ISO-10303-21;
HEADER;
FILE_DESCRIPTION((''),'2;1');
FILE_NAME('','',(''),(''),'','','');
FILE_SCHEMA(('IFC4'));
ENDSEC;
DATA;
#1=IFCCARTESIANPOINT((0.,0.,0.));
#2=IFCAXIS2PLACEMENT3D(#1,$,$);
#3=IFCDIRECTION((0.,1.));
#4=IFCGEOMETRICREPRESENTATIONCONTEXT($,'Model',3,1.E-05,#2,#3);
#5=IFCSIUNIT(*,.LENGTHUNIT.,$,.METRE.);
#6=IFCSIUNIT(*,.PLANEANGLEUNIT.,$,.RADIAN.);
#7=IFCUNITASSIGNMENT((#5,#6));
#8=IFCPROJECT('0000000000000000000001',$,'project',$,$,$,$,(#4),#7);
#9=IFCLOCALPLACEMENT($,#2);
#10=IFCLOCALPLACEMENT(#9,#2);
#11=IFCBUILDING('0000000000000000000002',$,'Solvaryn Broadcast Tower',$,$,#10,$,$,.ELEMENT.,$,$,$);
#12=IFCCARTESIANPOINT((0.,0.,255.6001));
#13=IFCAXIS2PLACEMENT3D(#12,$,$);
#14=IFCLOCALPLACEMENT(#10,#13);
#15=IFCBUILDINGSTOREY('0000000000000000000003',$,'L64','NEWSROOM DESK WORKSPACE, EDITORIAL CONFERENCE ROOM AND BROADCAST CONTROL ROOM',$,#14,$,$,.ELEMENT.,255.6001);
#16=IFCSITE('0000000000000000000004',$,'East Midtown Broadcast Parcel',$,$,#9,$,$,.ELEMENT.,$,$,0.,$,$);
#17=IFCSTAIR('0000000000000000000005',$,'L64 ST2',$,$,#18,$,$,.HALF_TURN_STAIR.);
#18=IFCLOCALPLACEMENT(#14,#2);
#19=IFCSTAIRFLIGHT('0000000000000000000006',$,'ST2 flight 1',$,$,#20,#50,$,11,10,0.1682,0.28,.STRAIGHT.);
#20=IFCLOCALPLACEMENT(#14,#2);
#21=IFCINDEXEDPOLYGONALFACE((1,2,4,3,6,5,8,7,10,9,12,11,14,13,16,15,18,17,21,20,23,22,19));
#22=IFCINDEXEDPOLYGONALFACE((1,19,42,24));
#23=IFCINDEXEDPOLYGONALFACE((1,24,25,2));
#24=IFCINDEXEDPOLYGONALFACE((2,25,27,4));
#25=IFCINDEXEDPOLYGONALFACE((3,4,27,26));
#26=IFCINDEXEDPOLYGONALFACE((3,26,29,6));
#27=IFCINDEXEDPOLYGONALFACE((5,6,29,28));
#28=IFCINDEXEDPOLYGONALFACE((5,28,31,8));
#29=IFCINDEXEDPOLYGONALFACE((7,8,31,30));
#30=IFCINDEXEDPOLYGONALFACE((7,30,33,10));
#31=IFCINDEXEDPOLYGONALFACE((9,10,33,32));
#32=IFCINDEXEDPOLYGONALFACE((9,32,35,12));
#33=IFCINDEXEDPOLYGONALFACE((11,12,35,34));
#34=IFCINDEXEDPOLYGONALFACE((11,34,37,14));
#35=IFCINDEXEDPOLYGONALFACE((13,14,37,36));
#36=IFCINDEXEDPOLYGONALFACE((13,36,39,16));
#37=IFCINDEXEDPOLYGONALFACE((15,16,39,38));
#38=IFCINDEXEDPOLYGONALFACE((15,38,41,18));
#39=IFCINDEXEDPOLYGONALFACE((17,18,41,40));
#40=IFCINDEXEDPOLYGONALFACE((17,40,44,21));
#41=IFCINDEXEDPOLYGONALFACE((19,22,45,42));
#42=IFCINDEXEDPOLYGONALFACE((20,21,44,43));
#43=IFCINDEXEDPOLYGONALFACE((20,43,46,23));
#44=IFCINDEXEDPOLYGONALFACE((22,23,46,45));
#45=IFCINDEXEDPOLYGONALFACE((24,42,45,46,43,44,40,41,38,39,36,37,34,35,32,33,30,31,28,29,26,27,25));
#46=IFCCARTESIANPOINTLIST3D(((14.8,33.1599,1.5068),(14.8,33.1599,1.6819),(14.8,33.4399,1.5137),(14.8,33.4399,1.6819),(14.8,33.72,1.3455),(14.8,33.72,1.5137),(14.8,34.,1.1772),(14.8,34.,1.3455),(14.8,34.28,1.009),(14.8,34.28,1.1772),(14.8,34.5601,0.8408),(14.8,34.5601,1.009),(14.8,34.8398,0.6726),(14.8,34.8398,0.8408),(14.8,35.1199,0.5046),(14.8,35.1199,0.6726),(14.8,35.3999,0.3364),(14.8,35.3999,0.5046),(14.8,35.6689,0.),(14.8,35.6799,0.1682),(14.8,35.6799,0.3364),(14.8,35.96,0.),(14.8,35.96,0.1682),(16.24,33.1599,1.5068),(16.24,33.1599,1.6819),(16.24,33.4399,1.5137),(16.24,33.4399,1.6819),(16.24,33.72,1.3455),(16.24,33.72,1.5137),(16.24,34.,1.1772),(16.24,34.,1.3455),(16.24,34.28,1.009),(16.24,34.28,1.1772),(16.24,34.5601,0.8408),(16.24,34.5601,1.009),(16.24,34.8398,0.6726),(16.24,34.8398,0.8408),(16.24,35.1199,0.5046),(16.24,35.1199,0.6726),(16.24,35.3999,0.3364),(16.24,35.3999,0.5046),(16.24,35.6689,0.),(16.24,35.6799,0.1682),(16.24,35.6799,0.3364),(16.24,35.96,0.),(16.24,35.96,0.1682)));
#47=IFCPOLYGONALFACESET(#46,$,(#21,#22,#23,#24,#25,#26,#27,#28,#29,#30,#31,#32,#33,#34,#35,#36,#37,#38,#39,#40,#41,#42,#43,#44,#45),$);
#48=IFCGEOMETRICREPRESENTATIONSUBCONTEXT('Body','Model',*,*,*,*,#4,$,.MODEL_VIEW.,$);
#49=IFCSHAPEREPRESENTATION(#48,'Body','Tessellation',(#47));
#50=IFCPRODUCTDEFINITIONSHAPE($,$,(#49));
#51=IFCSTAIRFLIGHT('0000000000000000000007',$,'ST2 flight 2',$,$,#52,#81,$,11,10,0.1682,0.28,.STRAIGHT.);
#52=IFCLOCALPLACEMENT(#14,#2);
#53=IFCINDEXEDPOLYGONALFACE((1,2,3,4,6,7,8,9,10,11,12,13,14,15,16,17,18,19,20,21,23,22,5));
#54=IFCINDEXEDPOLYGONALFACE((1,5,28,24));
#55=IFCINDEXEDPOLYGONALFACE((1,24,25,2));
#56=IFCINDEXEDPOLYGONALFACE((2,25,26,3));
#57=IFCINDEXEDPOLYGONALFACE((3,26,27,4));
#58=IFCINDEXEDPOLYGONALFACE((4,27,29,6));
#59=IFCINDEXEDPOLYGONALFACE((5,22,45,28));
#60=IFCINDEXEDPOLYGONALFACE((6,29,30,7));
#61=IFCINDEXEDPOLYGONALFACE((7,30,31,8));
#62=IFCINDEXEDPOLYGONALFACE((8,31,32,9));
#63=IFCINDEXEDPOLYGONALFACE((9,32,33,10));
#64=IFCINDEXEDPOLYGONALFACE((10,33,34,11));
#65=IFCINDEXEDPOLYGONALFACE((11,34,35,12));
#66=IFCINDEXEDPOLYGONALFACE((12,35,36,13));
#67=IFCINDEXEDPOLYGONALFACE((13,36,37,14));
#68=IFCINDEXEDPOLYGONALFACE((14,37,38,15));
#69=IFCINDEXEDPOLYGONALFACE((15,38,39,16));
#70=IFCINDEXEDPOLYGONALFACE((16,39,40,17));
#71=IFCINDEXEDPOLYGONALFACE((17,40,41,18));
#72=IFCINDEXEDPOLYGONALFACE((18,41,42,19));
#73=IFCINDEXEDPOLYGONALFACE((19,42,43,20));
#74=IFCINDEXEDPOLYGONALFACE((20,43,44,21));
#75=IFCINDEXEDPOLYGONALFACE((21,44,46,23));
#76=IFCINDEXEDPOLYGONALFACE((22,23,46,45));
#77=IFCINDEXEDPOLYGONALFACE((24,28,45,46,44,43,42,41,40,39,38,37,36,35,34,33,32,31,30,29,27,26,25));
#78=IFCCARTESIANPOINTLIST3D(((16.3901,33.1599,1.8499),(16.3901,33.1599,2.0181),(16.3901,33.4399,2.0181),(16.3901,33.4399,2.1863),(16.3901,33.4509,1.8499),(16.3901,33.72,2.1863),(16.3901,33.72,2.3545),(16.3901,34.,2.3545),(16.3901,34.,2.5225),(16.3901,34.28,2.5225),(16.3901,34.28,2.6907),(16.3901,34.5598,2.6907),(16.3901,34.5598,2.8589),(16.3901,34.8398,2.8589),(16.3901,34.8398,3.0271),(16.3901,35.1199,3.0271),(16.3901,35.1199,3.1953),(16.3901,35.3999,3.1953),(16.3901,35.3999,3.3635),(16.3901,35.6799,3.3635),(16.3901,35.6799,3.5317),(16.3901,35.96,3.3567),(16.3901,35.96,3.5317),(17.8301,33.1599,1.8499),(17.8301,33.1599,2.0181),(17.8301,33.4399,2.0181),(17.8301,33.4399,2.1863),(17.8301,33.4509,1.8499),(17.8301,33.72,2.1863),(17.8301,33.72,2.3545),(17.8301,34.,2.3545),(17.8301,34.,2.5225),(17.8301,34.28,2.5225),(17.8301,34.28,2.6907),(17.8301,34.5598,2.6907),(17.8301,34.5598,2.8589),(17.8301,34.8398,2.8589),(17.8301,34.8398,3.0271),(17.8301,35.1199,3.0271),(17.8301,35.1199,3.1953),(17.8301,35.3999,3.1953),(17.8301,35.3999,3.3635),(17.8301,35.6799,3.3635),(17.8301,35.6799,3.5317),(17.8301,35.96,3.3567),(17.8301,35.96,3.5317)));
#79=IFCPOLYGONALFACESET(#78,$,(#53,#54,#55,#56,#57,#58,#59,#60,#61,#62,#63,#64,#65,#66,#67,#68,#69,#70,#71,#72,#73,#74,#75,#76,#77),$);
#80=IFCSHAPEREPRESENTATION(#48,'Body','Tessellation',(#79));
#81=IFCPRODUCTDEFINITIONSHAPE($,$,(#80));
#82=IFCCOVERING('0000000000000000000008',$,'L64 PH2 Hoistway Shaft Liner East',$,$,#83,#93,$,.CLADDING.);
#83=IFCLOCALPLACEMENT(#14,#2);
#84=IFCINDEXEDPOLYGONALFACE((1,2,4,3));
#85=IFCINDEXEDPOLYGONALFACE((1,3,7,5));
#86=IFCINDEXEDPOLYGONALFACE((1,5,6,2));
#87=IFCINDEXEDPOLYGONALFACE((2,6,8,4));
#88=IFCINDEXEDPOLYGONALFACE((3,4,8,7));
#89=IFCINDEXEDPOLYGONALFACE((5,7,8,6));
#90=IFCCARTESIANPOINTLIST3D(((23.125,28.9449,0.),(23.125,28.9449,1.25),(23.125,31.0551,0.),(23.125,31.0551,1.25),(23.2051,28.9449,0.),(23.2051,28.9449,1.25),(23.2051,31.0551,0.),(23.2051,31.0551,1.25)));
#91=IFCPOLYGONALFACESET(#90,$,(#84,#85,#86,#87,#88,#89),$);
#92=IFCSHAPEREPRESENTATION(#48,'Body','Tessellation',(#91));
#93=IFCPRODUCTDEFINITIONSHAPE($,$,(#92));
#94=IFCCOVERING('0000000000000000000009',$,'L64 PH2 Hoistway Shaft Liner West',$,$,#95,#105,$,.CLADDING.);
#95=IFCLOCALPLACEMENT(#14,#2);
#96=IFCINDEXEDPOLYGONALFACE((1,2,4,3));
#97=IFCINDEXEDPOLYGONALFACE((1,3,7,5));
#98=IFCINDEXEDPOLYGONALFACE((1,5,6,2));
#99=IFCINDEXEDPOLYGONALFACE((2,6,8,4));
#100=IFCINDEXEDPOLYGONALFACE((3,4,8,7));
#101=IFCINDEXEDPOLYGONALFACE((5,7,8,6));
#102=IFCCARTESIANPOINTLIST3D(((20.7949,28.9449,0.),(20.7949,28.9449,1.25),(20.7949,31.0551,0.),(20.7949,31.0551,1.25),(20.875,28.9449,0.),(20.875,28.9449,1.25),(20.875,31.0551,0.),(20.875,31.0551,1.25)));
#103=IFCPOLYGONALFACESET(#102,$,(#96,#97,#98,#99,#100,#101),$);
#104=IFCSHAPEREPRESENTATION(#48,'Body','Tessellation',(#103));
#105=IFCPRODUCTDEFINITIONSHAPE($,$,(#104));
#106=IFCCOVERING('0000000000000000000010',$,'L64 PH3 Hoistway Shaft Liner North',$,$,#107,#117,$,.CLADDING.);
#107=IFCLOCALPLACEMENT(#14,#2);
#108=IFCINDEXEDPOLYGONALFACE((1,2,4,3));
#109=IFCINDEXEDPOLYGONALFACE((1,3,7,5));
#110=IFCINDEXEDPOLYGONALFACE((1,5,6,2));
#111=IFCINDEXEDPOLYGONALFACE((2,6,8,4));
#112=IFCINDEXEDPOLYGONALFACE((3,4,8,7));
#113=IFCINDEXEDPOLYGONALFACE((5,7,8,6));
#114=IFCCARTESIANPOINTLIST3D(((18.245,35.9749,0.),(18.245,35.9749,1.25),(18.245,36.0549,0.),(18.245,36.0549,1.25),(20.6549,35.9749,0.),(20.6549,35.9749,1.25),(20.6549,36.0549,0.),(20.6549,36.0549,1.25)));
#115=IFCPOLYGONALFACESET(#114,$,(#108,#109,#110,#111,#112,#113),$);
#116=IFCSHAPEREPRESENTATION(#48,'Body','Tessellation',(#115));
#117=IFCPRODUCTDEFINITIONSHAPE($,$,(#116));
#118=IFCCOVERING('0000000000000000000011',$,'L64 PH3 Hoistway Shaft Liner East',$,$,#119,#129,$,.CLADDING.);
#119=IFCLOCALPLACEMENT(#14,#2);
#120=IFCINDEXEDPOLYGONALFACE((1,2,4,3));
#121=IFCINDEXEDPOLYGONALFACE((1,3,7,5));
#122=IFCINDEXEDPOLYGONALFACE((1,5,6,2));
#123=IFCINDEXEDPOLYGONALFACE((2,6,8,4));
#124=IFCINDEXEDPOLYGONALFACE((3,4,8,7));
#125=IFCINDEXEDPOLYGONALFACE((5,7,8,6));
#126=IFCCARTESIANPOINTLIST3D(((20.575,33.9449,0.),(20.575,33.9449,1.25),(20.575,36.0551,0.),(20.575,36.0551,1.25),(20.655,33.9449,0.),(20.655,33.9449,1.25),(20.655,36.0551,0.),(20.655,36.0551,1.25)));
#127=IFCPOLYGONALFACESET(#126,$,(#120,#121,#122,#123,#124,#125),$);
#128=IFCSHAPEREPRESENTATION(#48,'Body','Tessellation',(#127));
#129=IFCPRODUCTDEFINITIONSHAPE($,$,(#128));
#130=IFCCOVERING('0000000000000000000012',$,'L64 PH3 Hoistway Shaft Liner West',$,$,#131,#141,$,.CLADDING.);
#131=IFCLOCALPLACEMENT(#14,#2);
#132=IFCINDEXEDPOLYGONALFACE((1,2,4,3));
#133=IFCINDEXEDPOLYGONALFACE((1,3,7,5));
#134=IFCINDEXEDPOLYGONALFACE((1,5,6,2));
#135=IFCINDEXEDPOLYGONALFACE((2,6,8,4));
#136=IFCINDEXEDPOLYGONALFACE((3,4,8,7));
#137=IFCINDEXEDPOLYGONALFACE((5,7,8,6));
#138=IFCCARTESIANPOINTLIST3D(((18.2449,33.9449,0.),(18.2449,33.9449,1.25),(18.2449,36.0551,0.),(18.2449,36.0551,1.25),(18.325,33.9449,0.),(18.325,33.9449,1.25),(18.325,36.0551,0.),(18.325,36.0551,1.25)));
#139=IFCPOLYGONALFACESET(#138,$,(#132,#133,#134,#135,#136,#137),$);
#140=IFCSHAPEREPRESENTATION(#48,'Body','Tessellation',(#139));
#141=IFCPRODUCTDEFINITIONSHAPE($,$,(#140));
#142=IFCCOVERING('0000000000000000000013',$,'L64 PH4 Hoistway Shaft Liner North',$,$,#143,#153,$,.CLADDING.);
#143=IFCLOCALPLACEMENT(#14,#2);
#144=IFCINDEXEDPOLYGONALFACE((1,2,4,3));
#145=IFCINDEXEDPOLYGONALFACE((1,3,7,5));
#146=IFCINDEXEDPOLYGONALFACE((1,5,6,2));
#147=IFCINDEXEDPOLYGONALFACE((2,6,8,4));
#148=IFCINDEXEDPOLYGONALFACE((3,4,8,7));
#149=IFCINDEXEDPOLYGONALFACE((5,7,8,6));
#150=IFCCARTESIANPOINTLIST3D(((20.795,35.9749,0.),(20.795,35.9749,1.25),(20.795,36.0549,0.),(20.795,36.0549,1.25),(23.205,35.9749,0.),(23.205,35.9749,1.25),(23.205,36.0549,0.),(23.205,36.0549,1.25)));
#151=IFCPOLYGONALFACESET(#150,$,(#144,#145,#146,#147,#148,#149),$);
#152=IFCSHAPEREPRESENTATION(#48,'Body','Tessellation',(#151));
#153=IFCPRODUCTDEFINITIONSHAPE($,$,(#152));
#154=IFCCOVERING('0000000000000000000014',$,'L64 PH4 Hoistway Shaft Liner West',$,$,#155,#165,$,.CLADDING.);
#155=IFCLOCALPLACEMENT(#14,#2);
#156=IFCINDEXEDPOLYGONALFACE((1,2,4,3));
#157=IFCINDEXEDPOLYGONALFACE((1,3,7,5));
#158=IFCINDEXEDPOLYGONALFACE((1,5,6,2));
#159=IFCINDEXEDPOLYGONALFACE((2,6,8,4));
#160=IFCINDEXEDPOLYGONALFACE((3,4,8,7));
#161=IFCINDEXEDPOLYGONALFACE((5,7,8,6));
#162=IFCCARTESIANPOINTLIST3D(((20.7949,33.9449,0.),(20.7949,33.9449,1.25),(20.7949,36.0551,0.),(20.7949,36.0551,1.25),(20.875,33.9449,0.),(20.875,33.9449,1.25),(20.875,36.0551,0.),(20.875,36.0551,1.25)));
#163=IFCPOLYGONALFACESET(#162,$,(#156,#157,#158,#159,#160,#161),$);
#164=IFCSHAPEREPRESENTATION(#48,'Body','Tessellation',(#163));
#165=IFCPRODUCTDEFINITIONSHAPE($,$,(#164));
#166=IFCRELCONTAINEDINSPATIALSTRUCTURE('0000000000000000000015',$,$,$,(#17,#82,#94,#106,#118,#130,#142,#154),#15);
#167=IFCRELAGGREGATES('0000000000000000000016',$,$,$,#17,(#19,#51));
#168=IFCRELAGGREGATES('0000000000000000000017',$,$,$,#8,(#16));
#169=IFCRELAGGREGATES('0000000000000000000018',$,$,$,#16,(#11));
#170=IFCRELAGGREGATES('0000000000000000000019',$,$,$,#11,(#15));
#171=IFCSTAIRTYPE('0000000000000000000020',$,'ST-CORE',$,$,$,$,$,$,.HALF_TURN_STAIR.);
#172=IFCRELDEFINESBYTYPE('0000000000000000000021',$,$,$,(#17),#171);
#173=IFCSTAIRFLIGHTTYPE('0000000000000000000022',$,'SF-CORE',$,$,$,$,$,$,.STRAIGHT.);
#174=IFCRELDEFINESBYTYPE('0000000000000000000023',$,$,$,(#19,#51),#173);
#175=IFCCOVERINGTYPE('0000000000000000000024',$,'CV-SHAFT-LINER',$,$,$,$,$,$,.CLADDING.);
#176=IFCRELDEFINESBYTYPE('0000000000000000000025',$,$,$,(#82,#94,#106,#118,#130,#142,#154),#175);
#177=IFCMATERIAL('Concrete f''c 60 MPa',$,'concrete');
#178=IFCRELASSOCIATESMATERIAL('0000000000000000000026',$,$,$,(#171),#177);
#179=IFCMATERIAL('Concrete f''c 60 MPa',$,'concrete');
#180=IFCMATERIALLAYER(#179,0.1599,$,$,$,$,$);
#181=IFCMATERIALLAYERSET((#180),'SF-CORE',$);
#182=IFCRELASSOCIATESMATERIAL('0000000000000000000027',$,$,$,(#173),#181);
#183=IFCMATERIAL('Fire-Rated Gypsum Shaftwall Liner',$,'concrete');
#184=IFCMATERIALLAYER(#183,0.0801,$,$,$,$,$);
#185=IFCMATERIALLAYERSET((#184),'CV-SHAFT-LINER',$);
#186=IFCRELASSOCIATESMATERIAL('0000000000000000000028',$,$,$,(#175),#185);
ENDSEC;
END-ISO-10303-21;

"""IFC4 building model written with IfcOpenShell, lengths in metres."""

from ifc_helpers import new_model, si_unit, direction, frame, origin, origin_2d, place, context, subcontext, project, spatial, polyline, rectangle, outline, extrude, material, layer, layer_set, type_object, element, aggregate, save


model = new_model("IFC4")

# Units and contexts
model_context = context("Model", 3, precision=1e-05, world=origin(), true_north=direction((0.0, 1.0)))
body_context = subcontext(model_context, "Body", "Model", "MODEL_VIEW")
ifc_project = project(units=[si_unit("LENGTHUNIT", "METRE"), si_unit("PLANEANGLEUNIT", "RADIAN")], contexts=[model_context])

# Site, building, storey
site_placement = place(None, origin())
site = spatial("IfcSite", under=ifc_project, at=site_placement, Name="East Midtown Broadcast Parcel", CompositionType="ELEMENT", RefElevation=0.0)
building_placement = place(site_placement, origin())
building = spatial("IfcBuilding", under=site, at=building_placement, Name="Solvaryn Broadcast Tower", CompositionType="ELEMENT")
storey_placement = place(building_placement, frame((0.0, 0.0, 255.6001)))
storey = spatial("IfcBuildingStorey", under=building, at=storey_placement, Name="L64", Description="NEWSROOM DESK WORKSPACE, EDITORIAL CONFERENCE ROOM AND BROADCAST CONTROL ROOM", CompositionType="ELEMENT", Elevation=255.6001)

# Stair, stair flights
ifc_material_1 = material(Name="Concrete f'c 60 MPa", Category="concrete")
stair_type = type_object("IfcStairType", Name="ST-CORE", PredefinedType="HALF_TURN_STAIR", material=ifc_material_1)
stair_placement = place(storey_placement, origin())
stair = element("IfcStair", 1, at=stair_placement, inside=storey, type_object=stair_type, Name="L64 ST2", PredefinedType="HALF_TURN_STAIR")
ifc_material_2 = material(Name="Concrete f'c 60 MPa", Category="concrete")
ifc_layer_1 = layer(ifc_material_2, 0.1599)
ifc_layer_set_1 = layer_set([ifc_layer_1], Name="SF-CORE")
stair_flight_type = type_object("IfcStairFlightType", Name="SF-CORE", PredefinedType="STRAIGHT", material=ifc_layer_set_1)
stair_flight_1_placement = place(storey_placement, frame((15.52, 35.96, 0.0), z_axis=(0.0, 0.0, 1.0), x_axis=(0.0, -1.0, 0.0)))
stair_flight_1 = element("IfcStairFlight", 2, at=stair_flight_1_placement, type_object=stair_flight_type, Name="ST2 flight 1", NumberOfRisers=11, NumberOfTreads=10, PredefinedType="STRAIGHT", RiserHeight=0.1682, TreadLength=0.28, context=body_context, shape_type="SweptSolid", body=[
    extrude(outline(polyline([(0.0, 0.0), (0.0, 0.1682), (0.28, 0.1682), (0.28, 0.3364), (0.5601, 0.3364), (0.5601, 0.5046), (0.8401, 0.5046), (0.8401, 0.6726), (1.1201, 0.6726), (1.1201, 0.8408), (1.3999, 0.8408), (1.3999, 1.009), (1.6799, 1.009), (1.6799, 1.1772), (1.96, 1.1772), (1.96, 1.3455), (2.24, 1.3455), (2.24, 1.5137), (2.52, 1.5137), (2.52, 1.6819), (2.8, 1.6819), (2.8, 1.8501), (2.8, 1.5068), (0.291, 0.0), (0.0, 0.0)])), frame((0.0, 0.72, 0.0), z_axis=(0.0, -1.0, 0.0), x_axis=(1.0, 0.0, 0.0)), (0.0, 0.0, 1.0), 1.4399),
])
stair_flight_2_placement = place(storey_placement, frame((17.1101, 33.1599, 1.8499), z_axis=(0.0, 0.0, 1.0), x_axis=(0.0, 1.0, 0.0)))
stair_flight_2 = element("IfcStairFlight", 3, at=stair_flight_2_placement, type_object=stair_flight_type, Name="ST2 flight 2", NumberOfRisers=11, NumberOfTreads=10, PredefinedType="STRAIGHT", RiserHeight=0.1682, TreadLength=0.28, context=body_context, shape_type="SweptSolid", body=[
    extrude(outline(polyline([(0.0, 0.0), (0.0, 0.1682), (0.28, 0.1682), (0.28, 0.3364), (0.5601, 0.3364), (0.5601, 0.5046), (0.8401, 0.5046), (0.8401, 0.6726), (1.1201, 0.6726), (1.1201, 0.8408), (1.3999, 0.8408), (1.3999, 1.009), (1.6799, 1.009), (1.6799, 1.1772), (1.96, 1.1772), (1.96, 1.3455), (2.24, 1.3455), (2.24, 1.5137), (2.52, 1.5137), (2.52, 1.6819), (2.8, 1.6819), (2.8, 1.8501), (2.8, 1.5068), (0.291, 0.0), (0.0, 0.0)])), frame((0.0, 0.72, 0.0), z_axis=(0.0, -1.0, 0.0), x_axis=(1.0, 0.0, 0.0)), (0.0, 0.0, 1.0), 1.4399),
])
aggregate(stair, [stair_flight_1, stair_flight_2])

# Coverings
ifc_material_3 = material(Name="Fire-Rated Gypsum Shaftwall Liner", Category="concrete")
ifc_layer_2 = layer(ifc_material_3, 0.0801)
ifc_layer_set_2 = layer_set([ifc_layer_2], Name="CV-SHAFT-LINER")
covering_type = type_object("IfcCoveringType", Name="CV-SHAFT-LINER", PredefinedType="CLADDING", material=ifc_layer_set_2)
for number, where, z_axis, x_axis, name in (
    (4, (23.165, 30.0, 0.0), (0.0, 0.0, 1.0), (1.0, 0.0, 0.0), "L64 PH2 Hoistway Shaft Liner East"),
    (5, (20.835, 30.0, 0.0), (0.0, 0.0, 1.0), (1.0, 0.0, 0.0), "L64 PH2 Hoistway Shaft Liner West"),
):
    element("IfcCovering", number, at=place(storey_placement, frame(where, z_axis=z_axis, x_axis=x_axis)), inside=storey, type_object=covering_type, Name=name, PredefinedType="CLADDING", context=body_context, shape_type="SweptSolid", body=[
        extrude(rectangle(XDim=0.0801, YDim=2.1101, at=origin_2d()), origin(), (0.0, 0.0, 1.0), 1.25),
    ])
covering_1_placement = place(storey_placement, frame((19.45, 36.0149, 0.0), z_axis=(0.0, 0.0, 1.0), x_axis=(1.0, 0.0, 0.0)))
element("IfcCovering", 6, at=covering_1_placement, inside=storey, type_object=covering_type, Name="L64 PH3 Hoistway Shaft Liner North", PredefinedType="CLADDING", context=body_context, shape_type="SweptSolid", body=[
    extrude(rectangle(XDim=2.4099, YDim=0.0801, at=origin_2d()), origin(), (0.0, 0.0, 1.0), 1.25),
])
for number, where, z_axis, x_axis, name in (
    (7, (20.615, 35.0, 0.0), (0.0, 0.0, 1.0), (1.0, 0.0, 0.0), "L64 PH3 Hoistway Shaft Liner East"),
    (8, (18.2849, 35.0, 0.0), (0.0, 0.0, 1.0), (1.0, 0.0, 0.0), "L64 PH3 Hoistway Shaft Liner West"),
):
    element("IfcCovering", number, at=place(storey_placement, frame(where, z_axis=z_axis, x_axis=x_axis)), inside=storey, type_object=covering_type, Name=name, PredefinedType="CLADDING", context=body_context, shape_type="SweptSolid", body=[
        extrude(rectangle(XDim=0.0801, YDim=2.1101, at=origin_2d()), origin(), (0.0, 0.0, 1.0), 1.25),
    ])
covering_2_placement = place(storey_placement, frame((22.0, 36.0149, 0.0), z_axis=(0.0, 0.0, 1.0), x_axis=(1.0, 0.0, 0.0)))
element("IfcCovering", 9, at=covering_2_placement, inside=storey, type_object=covering_type, Name="L64 PH4 Hoistway Shaft Liner North", PredefinedType="CLADDING", context=body_context, shape_type="SweptSolid", body=[
    extrude(rectangle(XDim=2.4099, YDim=0.0801, at=origin_2d()), origin(), (0.0, 0.0, 1.0), 1.25),
])
covering_3_placement = place(storey_placement, frame((20.835, 35.0, 0.0), z_axis=(0.0, 0.0, 1.0), x_axis=(1.0, 0.0, 0.0)))
element("IfcCovering", 10, at=covering_3_placement, inside=storey, type_object=covering_type, Name="L64 PH4 Hoistway Shaft Liner West", PredefinedType="CLADDING", context=body_context, shape_type="SweptSolid", body=[
    extrude(rectangle(XDim=0.0801, YDim=2.1101, at=origin_2d()), origin(), (0.0, 0.0, 1.0), 1.25),
])

save(model, "model.ifc")
